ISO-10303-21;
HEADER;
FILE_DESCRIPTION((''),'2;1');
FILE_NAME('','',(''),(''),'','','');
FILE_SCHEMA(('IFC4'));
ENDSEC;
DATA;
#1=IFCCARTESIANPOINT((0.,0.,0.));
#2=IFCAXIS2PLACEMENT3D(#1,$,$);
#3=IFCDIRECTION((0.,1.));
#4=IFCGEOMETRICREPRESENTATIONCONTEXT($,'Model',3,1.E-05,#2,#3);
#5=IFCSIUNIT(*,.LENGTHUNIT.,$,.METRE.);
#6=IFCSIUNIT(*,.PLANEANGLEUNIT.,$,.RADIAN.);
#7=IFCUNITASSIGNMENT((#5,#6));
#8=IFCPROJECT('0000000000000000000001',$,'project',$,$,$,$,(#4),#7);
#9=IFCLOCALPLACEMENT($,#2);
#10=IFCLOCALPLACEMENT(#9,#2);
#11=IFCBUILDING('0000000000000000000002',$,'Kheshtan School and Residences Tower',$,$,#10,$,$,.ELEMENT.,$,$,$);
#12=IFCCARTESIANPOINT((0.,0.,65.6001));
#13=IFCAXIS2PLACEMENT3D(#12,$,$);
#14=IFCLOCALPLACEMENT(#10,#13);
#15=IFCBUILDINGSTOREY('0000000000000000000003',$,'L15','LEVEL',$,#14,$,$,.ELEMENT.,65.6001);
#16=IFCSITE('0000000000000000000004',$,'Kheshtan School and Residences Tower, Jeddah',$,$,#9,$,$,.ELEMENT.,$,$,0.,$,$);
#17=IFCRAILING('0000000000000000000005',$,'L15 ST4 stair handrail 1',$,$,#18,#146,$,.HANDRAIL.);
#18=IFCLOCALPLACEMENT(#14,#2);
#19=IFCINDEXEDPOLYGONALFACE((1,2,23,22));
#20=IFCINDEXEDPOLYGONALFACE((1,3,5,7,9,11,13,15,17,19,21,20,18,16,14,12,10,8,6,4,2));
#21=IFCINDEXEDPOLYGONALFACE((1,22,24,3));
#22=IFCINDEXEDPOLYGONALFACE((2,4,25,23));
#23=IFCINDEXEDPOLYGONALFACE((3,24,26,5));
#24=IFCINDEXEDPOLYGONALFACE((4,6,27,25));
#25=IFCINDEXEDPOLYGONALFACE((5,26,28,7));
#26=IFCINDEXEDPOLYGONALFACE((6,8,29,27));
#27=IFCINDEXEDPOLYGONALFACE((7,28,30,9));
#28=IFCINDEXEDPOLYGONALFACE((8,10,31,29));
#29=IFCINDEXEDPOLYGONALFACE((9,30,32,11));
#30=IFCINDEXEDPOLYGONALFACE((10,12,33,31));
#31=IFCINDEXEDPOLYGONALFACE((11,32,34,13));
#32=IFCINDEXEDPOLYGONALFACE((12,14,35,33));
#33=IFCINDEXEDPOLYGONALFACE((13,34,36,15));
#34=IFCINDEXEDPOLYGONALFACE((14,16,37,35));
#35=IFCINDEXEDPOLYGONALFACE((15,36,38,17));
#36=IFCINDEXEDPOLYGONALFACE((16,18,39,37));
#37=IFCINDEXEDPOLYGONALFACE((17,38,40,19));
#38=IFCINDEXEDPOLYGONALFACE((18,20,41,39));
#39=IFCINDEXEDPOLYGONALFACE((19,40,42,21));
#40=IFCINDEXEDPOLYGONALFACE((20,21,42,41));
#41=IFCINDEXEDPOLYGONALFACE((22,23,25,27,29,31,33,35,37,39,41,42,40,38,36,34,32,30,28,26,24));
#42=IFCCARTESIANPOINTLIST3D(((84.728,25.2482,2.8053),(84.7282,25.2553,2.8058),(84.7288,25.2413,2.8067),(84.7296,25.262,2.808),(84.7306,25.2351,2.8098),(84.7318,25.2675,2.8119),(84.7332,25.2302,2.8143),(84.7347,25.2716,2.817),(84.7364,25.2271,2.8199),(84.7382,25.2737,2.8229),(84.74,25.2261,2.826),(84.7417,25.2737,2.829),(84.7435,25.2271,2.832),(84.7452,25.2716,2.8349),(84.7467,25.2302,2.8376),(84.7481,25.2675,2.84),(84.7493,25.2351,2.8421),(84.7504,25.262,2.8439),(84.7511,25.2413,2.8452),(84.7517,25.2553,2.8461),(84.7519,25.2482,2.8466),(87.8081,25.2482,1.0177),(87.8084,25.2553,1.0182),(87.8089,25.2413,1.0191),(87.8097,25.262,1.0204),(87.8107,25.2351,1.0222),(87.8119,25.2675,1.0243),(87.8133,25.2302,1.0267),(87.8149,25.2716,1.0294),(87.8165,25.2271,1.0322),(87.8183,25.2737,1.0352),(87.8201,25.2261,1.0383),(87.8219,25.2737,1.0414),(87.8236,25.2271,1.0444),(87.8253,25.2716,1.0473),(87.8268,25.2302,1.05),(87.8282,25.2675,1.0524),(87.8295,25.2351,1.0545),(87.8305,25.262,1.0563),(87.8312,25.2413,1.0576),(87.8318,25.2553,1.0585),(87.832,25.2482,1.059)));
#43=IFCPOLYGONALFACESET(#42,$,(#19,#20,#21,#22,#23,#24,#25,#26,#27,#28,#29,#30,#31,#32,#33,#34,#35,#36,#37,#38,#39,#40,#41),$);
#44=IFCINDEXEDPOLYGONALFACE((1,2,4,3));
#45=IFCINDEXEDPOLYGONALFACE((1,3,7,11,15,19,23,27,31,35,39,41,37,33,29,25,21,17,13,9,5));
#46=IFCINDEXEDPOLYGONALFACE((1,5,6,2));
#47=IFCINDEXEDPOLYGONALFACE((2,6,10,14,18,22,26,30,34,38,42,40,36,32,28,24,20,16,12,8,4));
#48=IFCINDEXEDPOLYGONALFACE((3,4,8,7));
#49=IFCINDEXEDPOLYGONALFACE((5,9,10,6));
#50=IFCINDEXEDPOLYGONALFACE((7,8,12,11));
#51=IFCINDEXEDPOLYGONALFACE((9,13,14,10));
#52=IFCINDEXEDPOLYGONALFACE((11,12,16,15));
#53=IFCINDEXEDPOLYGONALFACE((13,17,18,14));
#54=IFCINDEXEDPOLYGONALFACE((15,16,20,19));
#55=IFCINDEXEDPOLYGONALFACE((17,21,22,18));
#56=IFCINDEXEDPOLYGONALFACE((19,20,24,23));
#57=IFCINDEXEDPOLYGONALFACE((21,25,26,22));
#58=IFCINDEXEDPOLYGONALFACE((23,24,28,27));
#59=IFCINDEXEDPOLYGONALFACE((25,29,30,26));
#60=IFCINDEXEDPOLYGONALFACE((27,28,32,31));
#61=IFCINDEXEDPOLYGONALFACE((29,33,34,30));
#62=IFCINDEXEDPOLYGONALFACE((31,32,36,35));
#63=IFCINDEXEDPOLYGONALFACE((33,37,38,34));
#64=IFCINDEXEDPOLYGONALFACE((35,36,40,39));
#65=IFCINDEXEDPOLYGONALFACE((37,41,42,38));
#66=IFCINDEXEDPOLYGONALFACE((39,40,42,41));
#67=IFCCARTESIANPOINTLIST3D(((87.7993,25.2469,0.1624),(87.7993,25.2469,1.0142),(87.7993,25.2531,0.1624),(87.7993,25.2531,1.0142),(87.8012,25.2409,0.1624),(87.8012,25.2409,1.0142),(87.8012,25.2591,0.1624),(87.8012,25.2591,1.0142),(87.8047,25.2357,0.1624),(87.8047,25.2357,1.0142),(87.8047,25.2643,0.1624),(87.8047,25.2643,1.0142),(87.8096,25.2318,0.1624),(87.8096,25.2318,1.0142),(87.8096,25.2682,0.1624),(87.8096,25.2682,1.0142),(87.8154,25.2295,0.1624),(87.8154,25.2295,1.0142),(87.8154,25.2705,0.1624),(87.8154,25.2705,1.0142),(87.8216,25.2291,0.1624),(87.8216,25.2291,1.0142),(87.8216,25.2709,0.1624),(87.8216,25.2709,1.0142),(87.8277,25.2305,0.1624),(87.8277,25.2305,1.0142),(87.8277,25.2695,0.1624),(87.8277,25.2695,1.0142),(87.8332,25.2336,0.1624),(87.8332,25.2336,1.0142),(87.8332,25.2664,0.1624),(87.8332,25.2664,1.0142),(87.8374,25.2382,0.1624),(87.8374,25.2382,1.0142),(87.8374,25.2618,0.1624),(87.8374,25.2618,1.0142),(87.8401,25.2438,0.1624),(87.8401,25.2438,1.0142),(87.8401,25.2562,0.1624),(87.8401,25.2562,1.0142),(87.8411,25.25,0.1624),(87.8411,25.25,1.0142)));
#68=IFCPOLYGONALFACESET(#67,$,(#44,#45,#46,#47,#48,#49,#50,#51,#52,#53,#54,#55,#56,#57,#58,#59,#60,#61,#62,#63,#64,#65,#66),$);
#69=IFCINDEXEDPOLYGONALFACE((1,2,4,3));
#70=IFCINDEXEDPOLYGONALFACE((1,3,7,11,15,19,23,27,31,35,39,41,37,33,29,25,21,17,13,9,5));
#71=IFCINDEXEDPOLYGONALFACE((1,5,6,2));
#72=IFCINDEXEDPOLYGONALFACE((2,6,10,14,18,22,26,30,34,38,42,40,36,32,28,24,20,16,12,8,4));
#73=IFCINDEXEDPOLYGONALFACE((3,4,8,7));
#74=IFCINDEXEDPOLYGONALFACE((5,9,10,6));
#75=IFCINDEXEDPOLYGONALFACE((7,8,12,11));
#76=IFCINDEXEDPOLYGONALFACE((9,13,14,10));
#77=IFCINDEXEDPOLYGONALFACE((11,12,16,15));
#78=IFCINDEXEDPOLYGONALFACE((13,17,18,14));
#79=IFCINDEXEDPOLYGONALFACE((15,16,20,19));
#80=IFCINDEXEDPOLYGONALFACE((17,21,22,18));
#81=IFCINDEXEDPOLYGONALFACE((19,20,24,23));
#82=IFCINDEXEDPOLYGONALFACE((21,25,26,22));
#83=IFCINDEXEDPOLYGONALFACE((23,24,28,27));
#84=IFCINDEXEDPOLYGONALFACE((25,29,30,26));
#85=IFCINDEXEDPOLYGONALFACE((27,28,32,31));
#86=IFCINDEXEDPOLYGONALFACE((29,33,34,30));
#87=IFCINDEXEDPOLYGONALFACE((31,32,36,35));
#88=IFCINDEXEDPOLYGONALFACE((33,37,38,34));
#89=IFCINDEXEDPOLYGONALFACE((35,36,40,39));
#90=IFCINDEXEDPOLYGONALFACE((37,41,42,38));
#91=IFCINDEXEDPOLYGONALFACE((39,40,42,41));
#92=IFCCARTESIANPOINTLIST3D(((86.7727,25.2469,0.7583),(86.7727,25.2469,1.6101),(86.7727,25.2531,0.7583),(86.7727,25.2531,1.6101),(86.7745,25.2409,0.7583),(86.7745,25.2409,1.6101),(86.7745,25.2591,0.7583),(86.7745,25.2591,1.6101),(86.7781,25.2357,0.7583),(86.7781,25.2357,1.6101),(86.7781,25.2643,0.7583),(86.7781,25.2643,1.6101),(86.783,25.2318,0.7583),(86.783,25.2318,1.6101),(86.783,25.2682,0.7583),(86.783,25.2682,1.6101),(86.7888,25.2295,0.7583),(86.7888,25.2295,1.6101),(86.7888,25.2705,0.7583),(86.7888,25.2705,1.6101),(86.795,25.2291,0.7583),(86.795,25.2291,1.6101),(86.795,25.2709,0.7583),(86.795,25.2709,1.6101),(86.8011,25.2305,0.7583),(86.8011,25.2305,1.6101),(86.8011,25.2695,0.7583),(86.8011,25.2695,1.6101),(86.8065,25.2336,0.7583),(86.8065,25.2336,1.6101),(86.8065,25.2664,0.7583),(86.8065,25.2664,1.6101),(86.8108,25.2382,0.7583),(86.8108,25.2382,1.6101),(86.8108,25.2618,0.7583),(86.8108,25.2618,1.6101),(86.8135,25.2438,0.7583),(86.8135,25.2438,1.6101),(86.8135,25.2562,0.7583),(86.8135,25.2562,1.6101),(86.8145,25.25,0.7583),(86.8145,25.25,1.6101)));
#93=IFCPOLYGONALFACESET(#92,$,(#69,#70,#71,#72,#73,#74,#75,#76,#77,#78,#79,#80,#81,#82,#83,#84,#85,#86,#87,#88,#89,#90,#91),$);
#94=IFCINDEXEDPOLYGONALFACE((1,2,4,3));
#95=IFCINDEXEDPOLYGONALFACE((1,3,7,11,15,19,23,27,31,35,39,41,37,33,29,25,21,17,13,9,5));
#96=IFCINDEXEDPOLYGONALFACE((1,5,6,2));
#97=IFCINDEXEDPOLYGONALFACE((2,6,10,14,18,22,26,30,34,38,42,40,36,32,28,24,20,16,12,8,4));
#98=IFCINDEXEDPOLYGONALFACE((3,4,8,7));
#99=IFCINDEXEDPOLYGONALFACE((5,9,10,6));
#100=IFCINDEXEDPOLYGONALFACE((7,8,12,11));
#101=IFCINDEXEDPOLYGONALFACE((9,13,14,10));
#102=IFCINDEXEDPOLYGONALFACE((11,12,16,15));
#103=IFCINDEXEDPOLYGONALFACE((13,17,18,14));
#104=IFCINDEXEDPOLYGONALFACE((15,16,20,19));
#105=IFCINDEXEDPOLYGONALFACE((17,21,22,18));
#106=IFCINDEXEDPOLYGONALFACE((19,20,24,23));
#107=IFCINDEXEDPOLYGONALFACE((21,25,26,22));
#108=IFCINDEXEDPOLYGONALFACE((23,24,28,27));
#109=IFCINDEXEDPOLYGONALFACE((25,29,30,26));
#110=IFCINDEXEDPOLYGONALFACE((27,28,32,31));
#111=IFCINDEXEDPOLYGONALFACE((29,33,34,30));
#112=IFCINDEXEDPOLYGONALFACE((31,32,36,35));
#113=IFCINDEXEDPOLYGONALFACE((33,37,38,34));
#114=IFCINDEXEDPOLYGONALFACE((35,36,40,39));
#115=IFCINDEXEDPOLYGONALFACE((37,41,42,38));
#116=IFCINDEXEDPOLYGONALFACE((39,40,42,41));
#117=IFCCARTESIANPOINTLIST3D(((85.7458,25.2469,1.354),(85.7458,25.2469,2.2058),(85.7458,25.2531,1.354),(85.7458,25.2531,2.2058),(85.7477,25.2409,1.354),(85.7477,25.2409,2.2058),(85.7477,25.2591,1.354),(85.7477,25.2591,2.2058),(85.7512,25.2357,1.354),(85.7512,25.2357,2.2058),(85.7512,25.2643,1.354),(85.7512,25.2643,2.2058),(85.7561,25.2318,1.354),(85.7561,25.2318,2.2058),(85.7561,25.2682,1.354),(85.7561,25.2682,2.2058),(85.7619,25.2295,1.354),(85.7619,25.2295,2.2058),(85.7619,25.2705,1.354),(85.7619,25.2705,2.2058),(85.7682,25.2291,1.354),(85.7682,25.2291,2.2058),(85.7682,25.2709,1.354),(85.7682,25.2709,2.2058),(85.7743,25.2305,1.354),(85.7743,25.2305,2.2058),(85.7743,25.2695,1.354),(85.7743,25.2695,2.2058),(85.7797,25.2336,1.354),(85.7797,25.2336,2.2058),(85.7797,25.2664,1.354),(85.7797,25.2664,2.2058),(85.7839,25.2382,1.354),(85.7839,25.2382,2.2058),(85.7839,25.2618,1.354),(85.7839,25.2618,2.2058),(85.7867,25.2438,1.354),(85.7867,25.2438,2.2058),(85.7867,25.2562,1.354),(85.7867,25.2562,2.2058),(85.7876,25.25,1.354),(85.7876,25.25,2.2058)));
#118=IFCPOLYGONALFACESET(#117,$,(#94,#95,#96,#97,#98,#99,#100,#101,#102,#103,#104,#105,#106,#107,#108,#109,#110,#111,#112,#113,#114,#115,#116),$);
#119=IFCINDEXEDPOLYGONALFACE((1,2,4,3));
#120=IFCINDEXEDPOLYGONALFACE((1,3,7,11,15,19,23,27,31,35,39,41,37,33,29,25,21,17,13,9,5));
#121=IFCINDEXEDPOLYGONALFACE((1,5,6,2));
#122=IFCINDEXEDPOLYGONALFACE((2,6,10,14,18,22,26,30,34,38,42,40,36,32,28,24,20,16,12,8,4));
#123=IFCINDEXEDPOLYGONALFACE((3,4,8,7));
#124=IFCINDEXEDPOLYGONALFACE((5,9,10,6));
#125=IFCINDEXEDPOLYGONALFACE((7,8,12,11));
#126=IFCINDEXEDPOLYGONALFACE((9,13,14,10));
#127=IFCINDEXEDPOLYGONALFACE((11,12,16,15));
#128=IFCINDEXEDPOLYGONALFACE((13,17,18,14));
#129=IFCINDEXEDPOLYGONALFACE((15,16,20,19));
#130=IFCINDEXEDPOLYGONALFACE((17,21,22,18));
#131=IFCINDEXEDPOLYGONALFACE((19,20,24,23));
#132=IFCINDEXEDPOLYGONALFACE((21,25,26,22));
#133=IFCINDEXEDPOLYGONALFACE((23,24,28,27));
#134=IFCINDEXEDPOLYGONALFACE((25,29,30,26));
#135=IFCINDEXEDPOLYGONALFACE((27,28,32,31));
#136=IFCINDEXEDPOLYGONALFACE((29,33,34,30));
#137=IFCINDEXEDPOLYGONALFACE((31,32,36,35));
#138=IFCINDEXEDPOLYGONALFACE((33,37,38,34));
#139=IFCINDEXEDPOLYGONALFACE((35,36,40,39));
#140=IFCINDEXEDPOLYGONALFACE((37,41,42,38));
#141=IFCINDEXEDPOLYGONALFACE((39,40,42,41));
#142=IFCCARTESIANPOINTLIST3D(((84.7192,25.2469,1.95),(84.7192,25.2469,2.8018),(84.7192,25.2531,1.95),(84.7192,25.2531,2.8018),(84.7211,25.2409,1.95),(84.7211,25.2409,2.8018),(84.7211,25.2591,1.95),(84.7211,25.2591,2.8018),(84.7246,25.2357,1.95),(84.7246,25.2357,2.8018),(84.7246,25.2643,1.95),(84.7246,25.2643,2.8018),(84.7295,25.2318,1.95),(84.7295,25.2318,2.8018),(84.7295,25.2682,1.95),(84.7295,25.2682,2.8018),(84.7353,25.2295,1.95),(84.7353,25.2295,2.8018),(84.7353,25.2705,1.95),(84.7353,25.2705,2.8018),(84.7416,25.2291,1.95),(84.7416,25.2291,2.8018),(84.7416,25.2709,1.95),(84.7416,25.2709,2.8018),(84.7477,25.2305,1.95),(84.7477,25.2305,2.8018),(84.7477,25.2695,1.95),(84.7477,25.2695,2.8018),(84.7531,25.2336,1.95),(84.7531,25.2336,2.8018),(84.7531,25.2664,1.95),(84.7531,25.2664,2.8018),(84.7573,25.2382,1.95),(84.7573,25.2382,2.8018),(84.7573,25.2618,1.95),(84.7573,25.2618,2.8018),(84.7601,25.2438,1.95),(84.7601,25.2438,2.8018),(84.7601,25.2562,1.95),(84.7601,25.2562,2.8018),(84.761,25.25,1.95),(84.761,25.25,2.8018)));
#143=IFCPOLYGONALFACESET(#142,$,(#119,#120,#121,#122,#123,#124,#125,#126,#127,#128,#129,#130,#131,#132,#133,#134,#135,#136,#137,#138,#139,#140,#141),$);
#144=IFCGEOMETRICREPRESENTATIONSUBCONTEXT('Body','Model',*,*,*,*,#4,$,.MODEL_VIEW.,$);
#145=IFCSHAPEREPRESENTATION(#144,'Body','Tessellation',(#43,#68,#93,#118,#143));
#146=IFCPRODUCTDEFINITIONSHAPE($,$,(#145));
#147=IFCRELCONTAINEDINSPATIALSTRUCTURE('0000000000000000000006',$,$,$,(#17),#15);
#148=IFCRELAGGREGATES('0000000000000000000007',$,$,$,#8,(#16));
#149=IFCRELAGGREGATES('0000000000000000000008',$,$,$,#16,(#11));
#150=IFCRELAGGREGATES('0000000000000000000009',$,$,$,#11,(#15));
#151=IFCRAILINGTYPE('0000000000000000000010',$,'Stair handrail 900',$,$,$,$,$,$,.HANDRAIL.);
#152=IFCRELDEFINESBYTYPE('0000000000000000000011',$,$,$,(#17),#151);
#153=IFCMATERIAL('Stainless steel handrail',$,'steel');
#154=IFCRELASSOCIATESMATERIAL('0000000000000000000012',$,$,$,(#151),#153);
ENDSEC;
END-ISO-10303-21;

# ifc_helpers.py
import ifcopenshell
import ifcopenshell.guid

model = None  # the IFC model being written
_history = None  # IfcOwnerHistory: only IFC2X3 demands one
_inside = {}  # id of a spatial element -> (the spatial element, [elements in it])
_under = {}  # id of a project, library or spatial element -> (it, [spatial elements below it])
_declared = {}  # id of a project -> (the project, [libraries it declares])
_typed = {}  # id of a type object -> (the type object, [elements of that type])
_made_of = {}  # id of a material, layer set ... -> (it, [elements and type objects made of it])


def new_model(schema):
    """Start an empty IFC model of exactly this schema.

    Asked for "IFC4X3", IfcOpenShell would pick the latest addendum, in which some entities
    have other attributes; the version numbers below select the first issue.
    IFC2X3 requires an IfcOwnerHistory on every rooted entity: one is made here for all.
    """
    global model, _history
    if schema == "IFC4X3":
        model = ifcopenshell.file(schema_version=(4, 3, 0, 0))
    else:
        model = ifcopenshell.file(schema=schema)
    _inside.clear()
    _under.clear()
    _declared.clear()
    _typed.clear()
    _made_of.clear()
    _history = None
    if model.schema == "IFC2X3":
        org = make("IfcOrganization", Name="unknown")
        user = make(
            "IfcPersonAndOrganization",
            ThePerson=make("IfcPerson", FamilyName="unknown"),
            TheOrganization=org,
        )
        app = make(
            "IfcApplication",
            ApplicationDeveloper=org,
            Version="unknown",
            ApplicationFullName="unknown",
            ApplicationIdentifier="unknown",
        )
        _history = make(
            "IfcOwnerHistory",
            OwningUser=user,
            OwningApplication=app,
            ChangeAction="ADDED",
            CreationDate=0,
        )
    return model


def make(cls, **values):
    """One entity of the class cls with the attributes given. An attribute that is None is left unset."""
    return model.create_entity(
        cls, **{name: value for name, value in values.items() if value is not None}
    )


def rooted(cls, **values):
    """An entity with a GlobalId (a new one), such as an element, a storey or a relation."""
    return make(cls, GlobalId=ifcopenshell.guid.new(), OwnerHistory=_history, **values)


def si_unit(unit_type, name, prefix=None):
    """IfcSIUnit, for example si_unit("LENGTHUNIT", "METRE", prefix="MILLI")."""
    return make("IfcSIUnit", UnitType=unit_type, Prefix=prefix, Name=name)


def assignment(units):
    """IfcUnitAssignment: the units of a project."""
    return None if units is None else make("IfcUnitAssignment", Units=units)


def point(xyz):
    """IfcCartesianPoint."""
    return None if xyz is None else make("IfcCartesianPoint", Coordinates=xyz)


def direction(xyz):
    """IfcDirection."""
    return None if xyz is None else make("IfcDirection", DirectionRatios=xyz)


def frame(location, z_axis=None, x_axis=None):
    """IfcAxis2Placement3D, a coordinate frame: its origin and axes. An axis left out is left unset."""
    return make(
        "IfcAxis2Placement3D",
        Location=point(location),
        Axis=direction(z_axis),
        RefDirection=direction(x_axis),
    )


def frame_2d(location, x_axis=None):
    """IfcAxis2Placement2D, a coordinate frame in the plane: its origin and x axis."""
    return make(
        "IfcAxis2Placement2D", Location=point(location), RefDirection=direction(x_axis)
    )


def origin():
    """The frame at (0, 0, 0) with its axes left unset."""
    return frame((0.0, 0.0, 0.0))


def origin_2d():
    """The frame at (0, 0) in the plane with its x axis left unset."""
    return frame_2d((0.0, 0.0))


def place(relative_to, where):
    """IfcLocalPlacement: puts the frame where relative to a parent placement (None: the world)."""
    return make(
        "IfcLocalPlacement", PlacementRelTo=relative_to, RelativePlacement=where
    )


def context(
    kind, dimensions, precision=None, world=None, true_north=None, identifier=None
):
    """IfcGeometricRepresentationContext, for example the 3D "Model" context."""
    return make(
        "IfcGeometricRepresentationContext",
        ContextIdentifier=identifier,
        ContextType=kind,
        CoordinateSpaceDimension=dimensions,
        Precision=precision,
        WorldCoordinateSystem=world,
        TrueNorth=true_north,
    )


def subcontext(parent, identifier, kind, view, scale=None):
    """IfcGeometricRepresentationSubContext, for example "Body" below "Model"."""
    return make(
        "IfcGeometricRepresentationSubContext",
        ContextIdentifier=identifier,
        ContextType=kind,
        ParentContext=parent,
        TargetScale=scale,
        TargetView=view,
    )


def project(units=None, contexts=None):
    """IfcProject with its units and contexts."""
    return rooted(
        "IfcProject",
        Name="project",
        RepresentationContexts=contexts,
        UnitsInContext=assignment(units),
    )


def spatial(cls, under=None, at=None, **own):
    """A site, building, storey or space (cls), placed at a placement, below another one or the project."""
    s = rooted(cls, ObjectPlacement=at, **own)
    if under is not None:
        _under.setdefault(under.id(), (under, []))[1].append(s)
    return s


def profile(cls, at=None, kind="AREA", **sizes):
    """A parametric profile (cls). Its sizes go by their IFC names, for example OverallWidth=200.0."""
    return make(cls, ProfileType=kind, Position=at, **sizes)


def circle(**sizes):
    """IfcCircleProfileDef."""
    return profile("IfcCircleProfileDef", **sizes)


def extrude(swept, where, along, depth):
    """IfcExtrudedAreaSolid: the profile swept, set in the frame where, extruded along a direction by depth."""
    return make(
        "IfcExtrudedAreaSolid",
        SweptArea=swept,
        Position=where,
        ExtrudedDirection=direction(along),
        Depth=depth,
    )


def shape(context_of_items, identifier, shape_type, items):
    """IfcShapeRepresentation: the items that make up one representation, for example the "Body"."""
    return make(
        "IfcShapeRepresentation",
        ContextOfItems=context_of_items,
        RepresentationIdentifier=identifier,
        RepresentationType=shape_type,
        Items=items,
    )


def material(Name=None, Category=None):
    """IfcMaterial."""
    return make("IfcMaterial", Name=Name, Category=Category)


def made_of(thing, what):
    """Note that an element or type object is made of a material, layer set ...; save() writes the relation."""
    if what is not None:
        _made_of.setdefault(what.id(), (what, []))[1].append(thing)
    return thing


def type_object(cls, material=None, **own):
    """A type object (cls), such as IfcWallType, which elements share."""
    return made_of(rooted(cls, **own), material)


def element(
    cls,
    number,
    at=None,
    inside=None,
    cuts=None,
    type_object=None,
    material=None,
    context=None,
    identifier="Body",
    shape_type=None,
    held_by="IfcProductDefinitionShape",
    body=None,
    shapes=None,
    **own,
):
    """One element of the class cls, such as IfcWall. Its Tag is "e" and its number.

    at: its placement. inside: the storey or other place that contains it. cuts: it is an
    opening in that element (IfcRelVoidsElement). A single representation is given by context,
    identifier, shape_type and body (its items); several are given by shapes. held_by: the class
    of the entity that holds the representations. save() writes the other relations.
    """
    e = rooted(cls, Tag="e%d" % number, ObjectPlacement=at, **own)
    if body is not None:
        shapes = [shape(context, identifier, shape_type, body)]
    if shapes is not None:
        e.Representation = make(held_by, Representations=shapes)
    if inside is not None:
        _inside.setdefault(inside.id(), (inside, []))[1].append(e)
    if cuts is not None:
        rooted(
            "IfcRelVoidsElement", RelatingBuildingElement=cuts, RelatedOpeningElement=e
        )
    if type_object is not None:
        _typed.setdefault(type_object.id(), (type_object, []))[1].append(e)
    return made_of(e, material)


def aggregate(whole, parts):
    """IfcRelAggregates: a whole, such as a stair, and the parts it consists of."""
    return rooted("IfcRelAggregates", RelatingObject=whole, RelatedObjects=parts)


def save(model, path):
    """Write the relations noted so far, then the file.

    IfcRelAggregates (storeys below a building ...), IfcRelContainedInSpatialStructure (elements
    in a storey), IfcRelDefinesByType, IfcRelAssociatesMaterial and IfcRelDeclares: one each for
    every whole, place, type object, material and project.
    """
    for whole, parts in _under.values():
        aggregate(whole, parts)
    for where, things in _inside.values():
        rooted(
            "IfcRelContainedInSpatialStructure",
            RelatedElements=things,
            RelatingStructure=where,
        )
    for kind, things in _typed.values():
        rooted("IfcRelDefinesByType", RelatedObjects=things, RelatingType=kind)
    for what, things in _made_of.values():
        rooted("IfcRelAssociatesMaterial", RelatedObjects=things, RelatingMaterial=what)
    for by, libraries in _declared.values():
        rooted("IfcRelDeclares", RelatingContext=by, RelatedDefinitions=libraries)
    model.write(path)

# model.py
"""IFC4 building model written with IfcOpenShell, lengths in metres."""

from ifc_helpers import new_model, si_unit, direction, frame, origin, origin_2d, place, context, subcontext, project, spatial, circle, extrude, material, type_object, element, save


model = new_model("IFC4")

# Units and contexts
model_context = context("Model", 3, precision=1e-05, world=origin(), true_north=direction((0.0, 1.0)))
body_context = subcontext(model_context, "Body", "Model", "MODEL_VIEW")
ifc_project = project(units=[si_unit("LENGTHUNIT", "METRE"), si_unit("PLANEANGLEUNIT", "RADIAN")], contexts=[model_context])

# Site, building, storey
site_placement = place(None, origin())
site = spatial("IfcSite", under=ifc_project, at=site_placement, Name="Kheshtan School and Residences Tower, Jeddah", CompositionType="ELEMENT", RefElevation=0.0)
building_placement = place(site_placement, origin())
building = spatial("IfcBuilding", under=site, at=building_placement, Name="Kheshtan School and Residences Tower", CompositionType="ELEMENT")
storey_placement = place(building_placement, frame((0.0, 0.0, 65.6001)))
storey = spatial("IfcBuildingStorey", under=building, at=storey_placement, Name="L15", Description="LEVEL", CompositionType="ELEMENT", Elevation=65.6001)

# Railing
ifc_material_1 = material(Name="Stainless steel handrail", Category="steel")
railing_type_1 = type_object("IfcRailingType", Name="Stair handrail 900", PredefinedType="HANDRAIL", material=ifc_material_1)
railing_1_placement = place(storey_placement, frame((87.8201, 25.25, 0.1624)))
element("IfcRailing", 1, at=railing_1_placement, inside=storey, type_object=railing_type_1, Name="L15 ST4 stair handrail 1", PredefinedType="HANDRAIL", context=body_context, shape_type="SweptSolid", body=[
    extrude(circle(Radius=0.0239, at=origin_2d()), frame((0.0, 0.0, 0.876), z_axis=(-0.864891, 0.0, 0.50196), x_axis=(0.0, -1.0, 0.0)), (0.0, 0.0, 1.0), 3.5613),
    extrude(circle(Radius=0.021, at=origin_2d()), origin(), (0.0, 0.0, 1.0), 0.8518),
    extrude(circle(Radius=0.021, at=origin_2d()), frame((-1.0266, 0.0, 0.5959)), (0.0, 0.0, 1.0), 0.8518),
    extrude(circle(Radius=0.021, at=origin_2d()), frame((-2.0535, 0.0, 1.1917)), (0.0, 0.0, 1.0), 0.8518),
    extrude(circle(Radius=0.021, at=origin_2d()), frame((-3.0801, 0.0, 1.7876)), (0.0, 0.0, 1.0), 0.8518),
])

save(model, "model.ifc")
